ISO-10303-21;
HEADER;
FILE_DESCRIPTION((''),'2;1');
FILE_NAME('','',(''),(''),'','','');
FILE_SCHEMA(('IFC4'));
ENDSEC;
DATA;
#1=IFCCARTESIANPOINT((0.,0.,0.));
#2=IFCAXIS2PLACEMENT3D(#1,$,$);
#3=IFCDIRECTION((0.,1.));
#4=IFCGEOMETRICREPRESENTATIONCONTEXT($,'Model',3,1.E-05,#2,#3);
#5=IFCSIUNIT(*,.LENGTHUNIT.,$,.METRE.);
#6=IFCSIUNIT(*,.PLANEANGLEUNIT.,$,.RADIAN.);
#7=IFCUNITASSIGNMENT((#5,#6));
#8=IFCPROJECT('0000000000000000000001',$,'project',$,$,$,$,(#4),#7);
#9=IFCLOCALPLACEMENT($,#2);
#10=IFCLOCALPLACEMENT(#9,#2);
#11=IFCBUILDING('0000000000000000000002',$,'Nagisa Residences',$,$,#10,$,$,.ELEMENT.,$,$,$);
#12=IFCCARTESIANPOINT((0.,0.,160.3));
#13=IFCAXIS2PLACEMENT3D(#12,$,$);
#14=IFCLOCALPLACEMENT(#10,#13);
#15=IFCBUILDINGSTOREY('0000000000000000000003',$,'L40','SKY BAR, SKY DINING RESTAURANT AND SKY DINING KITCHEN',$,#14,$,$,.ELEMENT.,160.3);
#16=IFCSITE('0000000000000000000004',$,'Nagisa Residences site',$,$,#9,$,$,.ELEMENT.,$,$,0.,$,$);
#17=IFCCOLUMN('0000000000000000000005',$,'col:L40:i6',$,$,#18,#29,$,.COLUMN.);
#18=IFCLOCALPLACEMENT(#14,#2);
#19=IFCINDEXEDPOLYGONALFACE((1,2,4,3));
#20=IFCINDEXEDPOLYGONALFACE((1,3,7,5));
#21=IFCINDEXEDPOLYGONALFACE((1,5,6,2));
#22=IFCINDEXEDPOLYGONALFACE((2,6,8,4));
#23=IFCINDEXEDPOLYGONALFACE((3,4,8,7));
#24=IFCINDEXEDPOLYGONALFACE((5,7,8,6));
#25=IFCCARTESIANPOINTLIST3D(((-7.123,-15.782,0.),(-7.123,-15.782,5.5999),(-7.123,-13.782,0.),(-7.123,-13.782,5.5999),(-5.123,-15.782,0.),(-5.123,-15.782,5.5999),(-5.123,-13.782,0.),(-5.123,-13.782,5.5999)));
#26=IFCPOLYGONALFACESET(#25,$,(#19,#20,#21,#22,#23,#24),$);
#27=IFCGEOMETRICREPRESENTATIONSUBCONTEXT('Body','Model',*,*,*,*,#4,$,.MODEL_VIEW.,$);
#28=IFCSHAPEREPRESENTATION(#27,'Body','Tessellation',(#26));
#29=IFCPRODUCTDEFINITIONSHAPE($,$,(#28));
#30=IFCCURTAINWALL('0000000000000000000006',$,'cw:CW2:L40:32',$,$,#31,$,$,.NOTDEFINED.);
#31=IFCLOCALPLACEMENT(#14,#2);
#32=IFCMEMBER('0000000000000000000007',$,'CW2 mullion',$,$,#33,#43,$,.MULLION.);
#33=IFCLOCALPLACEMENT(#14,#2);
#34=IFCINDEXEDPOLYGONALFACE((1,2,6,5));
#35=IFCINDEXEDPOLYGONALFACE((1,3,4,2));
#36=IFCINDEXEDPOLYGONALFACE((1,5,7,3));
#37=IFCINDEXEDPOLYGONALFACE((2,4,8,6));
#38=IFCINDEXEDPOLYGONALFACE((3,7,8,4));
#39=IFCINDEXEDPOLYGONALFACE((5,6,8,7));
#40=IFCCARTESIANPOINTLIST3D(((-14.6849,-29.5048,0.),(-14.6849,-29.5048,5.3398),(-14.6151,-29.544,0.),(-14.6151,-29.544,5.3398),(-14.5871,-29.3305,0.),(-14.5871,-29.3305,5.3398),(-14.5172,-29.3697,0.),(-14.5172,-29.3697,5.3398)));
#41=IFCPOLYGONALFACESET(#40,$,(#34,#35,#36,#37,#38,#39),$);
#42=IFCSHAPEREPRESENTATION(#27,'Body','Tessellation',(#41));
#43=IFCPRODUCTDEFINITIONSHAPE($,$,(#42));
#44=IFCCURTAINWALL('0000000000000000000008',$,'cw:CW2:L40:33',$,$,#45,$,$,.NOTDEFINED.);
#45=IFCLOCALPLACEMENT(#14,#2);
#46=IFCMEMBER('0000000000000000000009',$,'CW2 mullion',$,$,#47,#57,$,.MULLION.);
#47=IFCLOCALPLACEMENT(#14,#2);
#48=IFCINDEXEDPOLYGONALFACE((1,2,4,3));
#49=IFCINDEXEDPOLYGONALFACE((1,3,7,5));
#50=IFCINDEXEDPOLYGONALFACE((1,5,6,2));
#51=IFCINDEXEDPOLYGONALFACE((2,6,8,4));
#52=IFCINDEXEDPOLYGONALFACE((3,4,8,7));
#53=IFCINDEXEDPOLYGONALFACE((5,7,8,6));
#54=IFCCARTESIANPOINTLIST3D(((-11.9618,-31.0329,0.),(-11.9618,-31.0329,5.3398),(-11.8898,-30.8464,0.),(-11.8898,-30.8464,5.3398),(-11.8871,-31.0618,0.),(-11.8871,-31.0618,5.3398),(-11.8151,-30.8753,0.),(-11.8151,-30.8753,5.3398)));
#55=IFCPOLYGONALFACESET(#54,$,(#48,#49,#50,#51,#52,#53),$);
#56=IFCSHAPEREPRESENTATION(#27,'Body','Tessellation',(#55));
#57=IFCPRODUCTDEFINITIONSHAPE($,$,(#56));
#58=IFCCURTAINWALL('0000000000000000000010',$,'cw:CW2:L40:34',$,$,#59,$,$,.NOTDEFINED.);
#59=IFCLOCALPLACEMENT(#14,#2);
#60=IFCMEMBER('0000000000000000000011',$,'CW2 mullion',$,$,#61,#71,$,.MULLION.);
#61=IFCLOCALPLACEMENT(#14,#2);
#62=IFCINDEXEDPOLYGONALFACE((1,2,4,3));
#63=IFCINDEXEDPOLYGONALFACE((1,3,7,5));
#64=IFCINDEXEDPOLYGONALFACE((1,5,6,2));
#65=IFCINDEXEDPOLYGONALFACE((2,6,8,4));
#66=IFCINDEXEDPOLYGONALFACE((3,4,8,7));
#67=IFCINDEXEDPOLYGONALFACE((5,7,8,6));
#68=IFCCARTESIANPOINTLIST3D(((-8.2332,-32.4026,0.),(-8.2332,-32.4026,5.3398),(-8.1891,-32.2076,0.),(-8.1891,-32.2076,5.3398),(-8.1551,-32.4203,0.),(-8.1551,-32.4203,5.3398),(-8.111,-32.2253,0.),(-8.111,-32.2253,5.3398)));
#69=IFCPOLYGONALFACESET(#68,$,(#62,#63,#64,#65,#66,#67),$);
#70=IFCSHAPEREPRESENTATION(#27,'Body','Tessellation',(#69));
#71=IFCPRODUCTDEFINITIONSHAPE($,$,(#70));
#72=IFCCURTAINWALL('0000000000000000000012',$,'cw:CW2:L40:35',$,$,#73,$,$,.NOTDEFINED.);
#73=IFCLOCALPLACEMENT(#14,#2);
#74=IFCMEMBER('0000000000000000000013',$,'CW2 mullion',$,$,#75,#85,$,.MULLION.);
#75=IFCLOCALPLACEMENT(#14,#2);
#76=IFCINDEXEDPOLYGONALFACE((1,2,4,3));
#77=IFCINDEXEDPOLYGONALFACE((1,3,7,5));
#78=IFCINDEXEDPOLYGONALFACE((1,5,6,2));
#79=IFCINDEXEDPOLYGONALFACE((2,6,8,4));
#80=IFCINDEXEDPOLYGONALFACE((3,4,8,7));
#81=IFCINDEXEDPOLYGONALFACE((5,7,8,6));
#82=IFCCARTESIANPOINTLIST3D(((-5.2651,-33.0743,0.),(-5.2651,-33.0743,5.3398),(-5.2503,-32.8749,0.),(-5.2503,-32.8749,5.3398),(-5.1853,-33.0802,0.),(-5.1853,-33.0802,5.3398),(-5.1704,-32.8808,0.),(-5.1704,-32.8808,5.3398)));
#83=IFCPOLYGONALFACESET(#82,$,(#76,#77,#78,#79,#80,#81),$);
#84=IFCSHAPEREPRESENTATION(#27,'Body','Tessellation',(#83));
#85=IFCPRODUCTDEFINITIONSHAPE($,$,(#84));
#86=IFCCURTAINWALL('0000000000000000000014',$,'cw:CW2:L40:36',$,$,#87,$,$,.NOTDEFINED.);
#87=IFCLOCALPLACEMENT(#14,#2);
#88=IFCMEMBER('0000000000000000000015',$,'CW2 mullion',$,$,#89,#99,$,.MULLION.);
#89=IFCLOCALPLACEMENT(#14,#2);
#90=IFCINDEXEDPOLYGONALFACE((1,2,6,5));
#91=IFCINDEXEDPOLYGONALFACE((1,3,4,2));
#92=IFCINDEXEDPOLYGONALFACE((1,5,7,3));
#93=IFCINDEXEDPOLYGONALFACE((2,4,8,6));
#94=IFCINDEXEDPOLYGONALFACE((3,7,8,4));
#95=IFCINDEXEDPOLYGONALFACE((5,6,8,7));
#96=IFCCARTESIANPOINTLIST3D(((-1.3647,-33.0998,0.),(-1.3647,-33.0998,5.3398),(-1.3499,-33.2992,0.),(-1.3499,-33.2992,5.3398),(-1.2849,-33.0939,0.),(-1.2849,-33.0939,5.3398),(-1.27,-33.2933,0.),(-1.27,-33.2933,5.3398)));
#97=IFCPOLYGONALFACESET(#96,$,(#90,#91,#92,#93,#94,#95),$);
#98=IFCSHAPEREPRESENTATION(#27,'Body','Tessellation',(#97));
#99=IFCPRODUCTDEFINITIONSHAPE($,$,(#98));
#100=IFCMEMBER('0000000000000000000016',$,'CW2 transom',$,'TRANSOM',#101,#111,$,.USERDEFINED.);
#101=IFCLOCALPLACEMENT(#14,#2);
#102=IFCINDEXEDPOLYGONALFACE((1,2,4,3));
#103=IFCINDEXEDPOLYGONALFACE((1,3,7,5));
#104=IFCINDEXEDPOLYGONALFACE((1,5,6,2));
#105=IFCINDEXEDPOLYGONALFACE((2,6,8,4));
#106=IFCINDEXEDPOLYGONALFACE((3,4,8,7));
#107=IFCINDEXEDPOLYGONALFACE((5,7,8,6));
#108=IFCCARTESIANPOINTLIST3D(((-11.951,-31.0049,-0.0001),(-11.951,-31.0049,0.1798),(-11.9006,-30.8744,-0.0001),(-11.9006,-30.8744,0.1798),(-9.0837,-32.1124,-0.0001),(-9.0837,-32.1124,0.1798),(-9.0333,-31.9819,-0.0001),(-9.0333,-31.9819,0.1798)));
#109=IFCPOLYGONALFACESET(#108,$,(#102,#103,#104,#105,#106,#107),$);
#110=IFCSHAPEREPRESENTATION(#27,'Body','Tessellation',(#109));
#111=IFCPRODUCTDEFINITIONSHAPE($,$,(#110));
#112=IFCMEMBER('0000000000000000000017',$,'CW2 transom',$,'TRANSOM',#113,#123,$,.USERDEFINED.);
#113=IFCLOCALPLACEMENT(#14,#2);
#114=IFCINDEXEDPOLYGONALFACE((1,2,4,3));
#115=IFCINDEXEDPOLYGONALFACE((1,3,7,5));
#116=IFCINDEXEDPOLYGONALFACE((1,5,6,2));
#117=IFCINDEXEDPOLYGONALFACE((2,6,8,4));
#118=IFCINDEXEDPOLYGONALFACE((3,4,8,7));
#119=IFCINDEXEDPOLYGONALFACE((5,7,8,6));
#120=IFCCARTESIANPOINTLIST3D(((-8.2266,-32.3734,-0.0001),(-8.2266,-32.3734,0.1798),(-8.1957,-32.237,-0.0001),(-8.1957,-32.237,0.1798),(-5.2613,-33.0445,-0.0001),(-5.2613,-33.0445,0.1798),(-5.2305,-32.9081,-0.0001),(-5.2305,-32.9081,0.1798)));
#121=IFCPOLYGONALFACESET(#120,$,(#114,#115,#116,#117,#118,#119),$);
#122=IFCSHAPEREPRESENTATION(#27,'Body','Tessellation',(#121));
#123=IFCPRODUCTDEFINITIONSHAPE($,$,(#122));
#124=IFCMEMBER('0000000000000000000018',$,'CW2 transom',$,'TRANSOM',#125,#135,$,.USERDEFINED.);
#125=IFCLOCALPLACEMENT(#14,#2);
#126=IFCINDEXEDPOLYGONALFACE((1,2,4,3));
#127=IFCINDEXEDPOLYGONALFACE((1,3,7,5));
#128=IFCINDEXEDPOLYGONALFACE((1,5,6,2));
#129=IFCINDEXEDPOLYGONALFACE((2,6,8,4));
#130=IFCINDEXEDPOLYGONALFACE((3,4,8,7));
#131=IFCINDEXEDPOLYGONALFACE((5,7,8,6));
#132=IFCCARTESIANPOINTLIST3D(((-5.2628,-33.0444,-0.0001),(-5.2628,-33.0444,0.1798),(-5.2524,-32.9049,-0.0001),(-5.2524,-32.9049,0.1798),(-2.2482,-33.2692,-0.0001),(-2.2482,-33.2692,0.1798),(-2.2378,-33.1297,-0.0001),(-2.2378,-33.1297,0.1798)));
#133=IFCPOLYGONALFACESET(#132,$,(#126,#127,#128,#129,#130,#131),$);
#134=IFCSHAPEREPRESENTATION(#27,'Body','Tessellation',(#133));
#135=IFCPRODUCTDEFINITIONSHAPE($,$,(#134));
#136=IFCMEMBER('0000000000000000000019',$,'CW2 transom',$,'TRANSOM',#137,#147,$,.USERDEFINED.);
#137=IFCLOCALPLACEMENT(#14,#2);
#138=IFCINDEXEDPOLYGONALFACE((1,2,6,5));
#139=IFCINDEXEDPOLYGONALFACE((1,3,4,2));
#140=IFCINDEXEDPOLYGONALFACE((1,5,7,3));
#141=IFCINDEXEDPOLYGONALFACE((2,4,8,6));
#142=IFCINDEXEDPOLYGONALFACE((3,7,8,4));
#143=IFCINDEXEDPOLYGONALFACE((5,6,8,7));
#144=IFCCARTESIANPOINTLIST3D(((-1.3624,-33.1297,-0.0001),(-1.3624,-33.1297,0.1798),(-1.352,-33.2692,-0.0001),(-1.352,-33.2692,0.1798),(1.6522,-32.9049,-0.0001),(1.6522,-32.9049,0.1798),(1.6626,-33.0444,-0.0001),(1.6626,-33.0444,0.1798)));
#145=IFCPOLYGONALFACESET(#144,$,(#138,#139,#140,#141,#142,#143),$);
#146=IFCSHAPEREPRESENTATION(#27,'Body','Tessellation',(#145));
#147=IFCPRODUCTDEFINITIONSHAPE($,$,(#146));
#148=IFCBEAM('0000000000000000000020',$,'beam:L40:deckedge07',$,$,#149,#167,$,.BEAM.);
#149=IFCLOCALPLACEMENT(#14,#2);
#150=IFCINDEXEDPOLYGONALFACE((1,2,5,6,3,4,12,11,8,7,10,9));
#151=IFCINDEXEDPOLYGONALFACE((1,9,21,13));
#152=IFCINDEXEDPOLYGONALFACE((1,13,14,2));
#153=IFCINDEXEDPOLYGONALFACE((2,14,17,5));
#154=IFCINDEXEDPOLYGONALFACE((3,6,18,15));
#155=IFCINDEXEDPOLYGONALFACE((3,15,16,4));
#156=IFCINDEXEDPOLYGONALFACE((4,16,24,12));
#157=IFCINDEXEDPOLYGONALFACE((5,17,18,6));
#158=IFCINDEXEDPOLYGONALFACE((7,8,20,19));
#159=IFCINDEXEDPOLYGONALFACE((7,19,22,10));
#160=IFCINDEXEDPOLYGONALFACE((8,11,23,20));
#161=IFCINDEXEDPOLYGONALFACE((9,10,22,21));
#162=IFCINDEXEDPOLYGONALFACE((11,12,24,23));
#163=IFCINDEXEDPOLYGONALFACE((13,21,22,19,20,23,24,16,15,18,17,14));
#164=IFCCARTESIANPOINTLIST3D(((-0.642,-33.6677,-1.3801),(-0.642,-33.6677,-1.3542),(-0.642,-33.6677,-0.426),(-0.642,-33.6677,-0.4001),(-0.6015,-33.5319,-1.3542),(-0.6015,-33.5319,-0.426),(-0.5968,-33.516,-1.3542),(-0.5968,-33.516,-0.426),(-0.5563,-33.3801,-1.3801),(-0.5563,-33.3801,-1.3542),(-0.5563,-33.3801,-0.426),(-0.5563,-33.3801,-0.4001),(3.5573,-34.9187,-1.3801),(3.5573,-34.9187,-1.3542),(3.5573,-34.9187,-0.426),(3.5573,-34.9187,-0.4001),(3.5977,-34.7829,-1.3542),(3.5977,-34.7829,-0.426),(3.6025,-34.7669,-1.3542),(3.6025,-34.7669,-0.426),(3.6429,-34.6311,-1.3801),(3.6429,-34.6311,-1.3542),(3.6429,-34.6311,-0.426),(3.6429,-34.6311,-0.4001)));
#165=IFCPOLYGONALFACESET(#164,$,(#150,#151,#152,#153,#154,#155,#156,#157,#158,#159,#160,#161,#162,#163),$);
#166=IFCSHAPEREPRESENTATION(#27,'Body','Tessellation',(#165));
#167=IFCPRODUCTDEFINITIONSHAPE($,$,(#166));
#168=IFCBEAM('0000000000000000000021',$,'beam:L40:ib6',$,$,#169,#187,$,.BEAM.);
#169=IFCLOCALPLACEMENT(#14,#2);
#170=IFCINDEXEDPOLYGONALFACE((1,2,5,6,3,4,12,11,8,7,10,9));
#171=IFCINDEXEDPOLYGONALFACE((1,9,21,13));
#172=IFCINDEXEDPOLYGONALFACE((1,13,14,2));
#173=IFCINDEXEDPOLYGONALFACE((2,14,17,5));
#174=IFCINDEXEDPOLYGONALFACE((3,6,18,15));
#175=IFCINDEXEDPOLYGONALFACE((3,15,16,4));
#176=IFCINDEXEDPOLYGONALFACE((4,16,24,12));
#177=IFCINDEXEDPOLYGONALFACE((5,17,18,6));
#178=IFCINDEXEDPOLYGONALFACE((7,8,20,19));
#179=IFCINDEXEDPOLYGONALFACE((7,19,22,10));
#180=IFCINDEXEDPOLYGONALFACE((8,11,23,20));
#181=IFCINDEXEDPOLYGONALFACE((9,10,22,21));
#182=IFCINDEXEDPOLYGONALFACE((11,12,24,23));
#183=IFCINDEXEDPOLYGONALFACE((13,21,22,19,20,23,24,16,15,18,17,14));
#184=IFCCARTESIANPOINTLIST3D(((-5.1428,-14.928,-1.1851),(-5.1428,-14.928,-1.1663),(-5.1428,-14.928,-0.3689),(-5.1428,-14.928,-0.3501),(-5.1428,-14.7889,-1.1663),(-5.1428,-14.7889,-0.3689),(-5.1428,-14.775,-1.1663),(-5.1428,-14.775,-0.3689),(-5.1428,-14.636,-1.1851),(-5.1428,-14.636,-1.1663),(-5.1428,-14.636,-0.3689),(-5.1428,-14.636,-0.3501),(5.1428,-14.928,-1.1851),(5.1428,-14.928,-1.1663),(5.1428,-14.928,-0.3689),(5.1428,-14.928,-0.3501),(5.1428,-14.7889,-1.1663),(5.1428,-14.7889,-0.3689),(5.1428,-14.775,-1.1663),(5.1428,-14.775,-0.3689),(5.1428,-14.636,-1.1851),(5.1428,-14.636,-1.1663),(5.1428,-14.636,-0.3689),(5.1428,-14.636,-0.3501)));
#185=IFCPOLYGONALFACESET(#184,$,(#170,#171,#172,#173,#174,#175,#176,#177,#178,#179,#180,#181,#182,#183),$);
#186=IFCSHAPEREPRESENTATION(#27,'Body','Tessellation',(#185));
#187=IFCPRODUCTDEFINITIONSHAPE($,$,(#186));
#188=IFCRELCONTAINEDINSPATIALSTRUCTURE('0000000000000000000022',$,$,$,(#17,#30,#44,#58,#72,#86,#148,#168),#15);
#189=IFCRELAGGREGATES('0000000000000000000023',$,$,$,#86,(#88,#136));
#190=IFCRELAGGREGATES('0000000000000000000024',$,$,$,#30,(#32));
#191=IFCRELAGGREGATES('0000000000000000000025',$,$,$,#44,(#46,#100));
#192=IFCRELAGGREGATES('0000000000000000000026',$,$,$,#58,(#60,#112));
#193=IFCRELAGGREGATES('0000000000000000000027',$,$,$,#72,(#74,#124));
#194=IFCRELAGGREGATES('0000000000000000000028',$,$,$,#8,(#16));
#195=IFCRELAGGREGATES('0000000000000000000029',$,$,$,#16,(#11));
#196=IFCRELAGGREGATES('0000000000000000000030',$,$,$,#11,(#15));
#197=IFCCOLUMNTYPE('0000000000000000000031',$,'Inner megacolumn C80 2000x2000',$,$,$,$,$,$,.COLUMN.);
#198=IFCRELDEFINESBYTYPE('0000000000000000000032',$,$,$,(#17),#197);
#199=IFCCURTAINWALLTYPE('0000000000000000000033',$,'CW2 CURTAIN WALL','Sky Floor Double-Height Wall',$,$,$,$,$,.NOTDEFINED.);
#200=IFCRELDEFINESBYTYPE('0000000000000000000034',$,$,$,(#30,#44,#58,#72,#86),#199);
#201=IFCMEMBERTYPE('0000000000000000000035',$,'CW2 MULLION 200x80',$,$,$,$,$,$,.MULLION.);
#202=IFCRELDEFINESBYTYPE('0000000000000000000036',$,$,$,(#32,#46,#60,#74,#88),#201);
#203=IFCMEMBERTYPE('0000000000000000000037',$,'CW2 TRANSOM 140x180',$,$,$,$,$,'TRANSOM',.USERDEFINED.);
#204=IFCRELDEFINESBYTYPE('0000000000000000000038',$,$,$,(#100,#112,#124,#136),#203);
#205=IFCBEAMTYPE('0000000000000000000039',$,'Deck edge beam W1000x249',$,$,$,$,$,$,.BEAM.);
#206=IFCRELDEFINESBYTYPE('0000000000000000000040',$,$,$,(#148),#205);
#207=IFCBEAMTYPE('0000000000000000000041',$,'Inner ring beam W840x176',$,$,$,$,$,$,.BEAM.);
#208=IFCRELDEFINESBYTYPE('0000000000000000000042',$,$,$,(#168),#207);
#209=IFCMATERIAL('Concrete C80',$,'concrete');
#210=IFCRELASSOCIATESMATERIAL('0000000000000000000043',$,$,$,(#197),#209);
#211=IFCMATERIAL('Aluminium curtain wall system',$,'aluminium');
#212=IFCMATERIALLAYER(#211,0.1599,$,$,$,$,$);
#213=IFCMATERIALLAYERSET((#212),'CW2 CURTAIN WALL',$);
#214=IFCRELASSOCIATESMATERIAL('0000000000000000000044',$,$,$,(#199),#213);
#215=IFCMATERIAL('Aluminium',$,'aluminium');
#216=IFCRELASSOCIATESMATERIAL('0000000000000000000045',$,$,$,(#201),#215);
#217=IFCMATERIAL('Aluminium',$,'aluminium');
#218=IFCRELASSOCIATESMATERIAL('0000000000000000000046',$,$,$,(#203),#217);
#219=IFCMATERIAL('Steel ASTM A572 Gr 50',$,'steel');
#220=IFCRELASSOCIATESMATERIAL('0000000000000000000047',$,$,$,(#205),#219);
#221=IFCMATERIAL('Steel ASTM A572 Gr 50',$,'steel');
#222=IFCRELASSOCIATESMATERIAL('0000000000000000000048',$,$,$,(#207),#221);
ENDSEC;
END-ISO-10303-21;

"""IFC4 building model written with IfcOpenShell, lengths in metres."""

from ifc_helpers import new_model, si_unit, direction, frame, origin, origin_2d, place, context, subcontext, project, spatial, rectangle, i_section, extrude, material, layer, layer_set, material_profile, profile_set, type_object, element, aggregate, save


model = new_model("IFC4")

# Units and contexts
model_context = context("Model", 3, precision=1e-05, world=origin(), true_north=direction((0.0, 1.0)))
body_context = subcontext(model_context, "Body", "Model", "MODEL_VIEW")
ifc_project = project(units=[si_unit("LENGTHUNIT", "METRE"), si_unit("PLANEANGLEUNIT", "RADIAN")], contexts=[model_context])

# Site, building, storey
site_placement = place(None, origin())
site = spatial("IfcSite", under=ifc_project, at=site_placement, Name="Nagisa Residences site", CompositionType="ELEMENT", RefElevation=0.0)
building_placement = place(site_placement, origin())
building = spatial("IfcBuilding", under=site, at=building_placement, Name="Nagisa Residences", CompositionType="ELEMENT")
storey_placement = place(building_placement, frame((0.0, 0.0, 160.3)))
storey = spatial("IfcBuildingStorey", under=building, at=storey_placement, Name="L40", Description="SKY BAR, SKY DINING RESTAURANT AND SKY DINING KITCHEN", CompositionType="ELEMENT", Elevation=160.3)

# Column
ifc_material_1 = material(Name="Concrete C80", Category="concrete")
ifc_material_profile_1 = material_profile(ifc_material_1, rectangle(XDim=2.0, YDim=2.0, at=origin_2d()), Name="C80 2000x2000")
ifc_profile_set_1 = profile_set([ifc_material_profile_1], Name="Concrete C80")
column_type = type_object("IfcColumnType", Name="Inner megacolumn C80 2000x2000", PredefinedType="COLUMN", material=ifc_profile_set_1)
column_placement = place(storey_placement, frame((-6.123, -14.782, 0.0), z_axis=(0.0, 0.0, 1.0), x_axis=(1.0, 0.0, 0.0)))
element("IfcColumn", 1, at=column_placement, inside=storey, type_object=column_type, Name="col:L40:i6", PredefinedType="COLUMN", context=body_context, shape_type="SweptSolid", body=[
    extrude(rectangle(XDim=2.0, YDim=2.0, at=origin_2d()), origin(), (0.0, 0.0, 1.0), 5.5999),
])

# Curtain walls, members
ifc_material_2 = material(Name="Aluminium curtain wall system", Category="aluminium")
ifc_layer_1 = layer(ifc_material_2, 0.1599)
ifc_layer_set_1 = layer_set([ifc_layer_1], Name="CW2 CURTAIN WALL")
curtain_wall_type = type_object("IfcCurtainWallType", Name="CW2 CURTAIN WALL", Description="Sky Floor Double-Height Wall", PredefinedType="NOTDEFINED", material=ifc_layer_set_1)
curtain_wall_1_placement = place(storey_placement, origin())
curtain_wall_1 = element("IfcCurtainWall", 2, at=curtain_wall_1_placement, inside=storey, type_object=curtain_wall_type, Name="cw:CW2:L40:32", PredefinedType="NOTDEFINED")
ifc_material_3 = material(Name="Aluminium", Category="aluminium")
ifc_material_profile_2 = material_profile(ifc_material_3, rectangle(XDim=0.2, YDim=0.0801, at=origin_2d()), Name="CW2 MULLION 200x80")
ifc_profile_set_2 = profile_set([ifc_material_profile_2], Name="Aluminium")
member_type_1 = type_object("IfcMemberType", Name="CW2 MULLION 200x80", PredefinedType="MULLION", material=ifc_profile_set_2)
member_1_placement = place(storey_placement, frame((-14.6011, -29.4373, 0.0), z_axis=(0.0, 0.0, 1.0), x_axis=(0.489377, 0.872072, 0.0)))
member_1 = element("IfcMember", 3, at=member_1_placement, type_object=member_type_1, Name="CW2 mullion", PredefinedType="MULLION", context=body_context, shape_type="SweptSolid", body=[
    extrude(rectangle(XDim=0.2, YDim=0.0801, at=origin_2d()), origin(), (0.0, 0.0, 1.0), 5.3398),
])
curtain_wall_2_placement = place(storey_placement, origin())
curtain_wall_2 = element("IfcCurtainWall", 4, at=curtain_wall_2_placement, inside=storey, type_object=curtain_wall_type, Name="cw:CW2:L40:33", PredefinedType="NOTDEFINED")
member_2_placement = place(storey_placement, frame((-11.8884, -30.9541, 0.0), z_axis=(0.0, 0.0, 1.0), x_axis=(0.360328, 0.932826, 0.0)))
member_2 = element("IfcMember", 5, at=member_2_placement, type_object=member_type_1, Name="CW2 mullion", PredefinedType="MULLION", context=body_context, shape_type="SweptSolid", body=[
    extrude(rectangle(XDim=0.2, YDim=0.0801, at=origin_2d()), origin(), (0.0, 0.0, 1.0), 5.3398),
])
curtain_wall_3_placement = place(storey_placement, origin())
curtain_wall_3 = element("IfcCurtainWall", 6, at=curtain_wall_3_placement, inside=storey, type_object=curtain_wall_type, Name="cw:CW2:L40:34", PredefinedType="NOTDEFINED")
member_3_placement = place(storey_placement, frame((-8.1721, -32.314, 0.0), z_axis=(0.0, 0.0, 1.0), x_axis=(0.220764, 0.975327, 0.0)))
member_3 = element("IfcMember", 7, at=member_3_placement, type_object=member_type_1, Name="CW2 mullion", PredefinedType="MULLION", context=body_context, shape_type="SweptSolid", body=[
    extrude(rectangle(XDim=0.2, YDim=0.0801, at=origin_2d()), origin(), (0.0, 0.0, 1.0), 5.3398),
])
curtain_wall_4_placement = place(storey_placement, origin())
curtain_wall_4 = element("IfcCurtainWall", 8, at=curtain_wall_4_placement, inside=storey, type_object=curtain_wall_type, Name="cw:CW2:L40:35", PredefinedType="NOTDEFINED")
member_4_placement = place(storey_placement, frame((-5.2178, -32.9775, 0.0), z_axis=(0.0, 0.0, 1.0), x_axis=(0.074377, 0.99723, 0.0)))
member_4 = element("IfcMember", 9, at=member_4_placement, type_object=member_type_1, Name="CW2 mullion", PredefinedType="MULLION", context=body_context, shape_type="SweptSolid", body=[
    extrude(rectangle(XDim=0.2, YDim=0.0801, at=origin_2d()), origin(), (0.0, 0.0, 1.0), 5.3398),
])
curtain_wall_5_placement = place(storey_placement, origin())
curtain_wall_5 = element("IfcCurtainWall", 10, at=curtain_wall_5_placement, inside=storey, type_object=curtain_wall_type, Name="cw:CW2:L40:36", PredefinedType="NOTDEFINED")
member_5_placement = place(storey_placement, frame((-1.3174, -33.1965, 0.0), z_axis=(0.0, 0.0, 1.0), x_axis=(-0.074377, 0.99723, 0.0)))
member_5 = element("IfcMember", 11, at=member_5_placement, type_object=member_type_1, Name="CW2 mullion", PredefinedType="MULLION", context=body_context, shape_type="SweptSolid", body=[
    extrude(rectangle(XDim=0.2, YDim=0.0801, at=origin_2d()), origin(), (0.0, 0.0, 1.0), 5.3398),
])

# Members
ifc_material_4 = material(Name="Aluminium", Category="aluminium")
ifc_material_profile_3 = material_profile(ifc_material_4, rectangle(XDim=0.1399, YDim=0.1799, at=origin_2d()), Name="CW2 TRANSOM 140x180")
ifc_profile_set_3 = profile_set([ifc_material_profile_3], Name="Aluminium")
member_type_2 = type_object("IfcMemberType", Name="CW2 TRANSOM 140x180", ElementType="TRANSOM", PredefinedType="USERDEFINED", material=ifc_profile_set_3)
member_6_placement = place(storey_placement, frame((-11.9258, -30.9397, 0.0898), z_axis=(0.932837, -0.360299, 0.0), x_axis=(0.360299, 0.932837, 0.0)))
member_6 = element("IfcMember", 12, at=member_6_placement, type_object=member_type_2, Name="CW2 transom", ObjectType="TRANSOM", PredefinedType="USERDEFINED", context=body_context, shape_type="SweptSolid", body=[
    extrude(rectangle(XDim=0.1399, YDim=0.1799, at=origin_2d()), origin(), (0.0, 0.0, 1.0), 3.0737),
])
member_7_placement = place(storey_placement, frame((-8.2112, -32.3052, 0.0898), z_axis=(0.975331, -0.220746, 0.0), x_axis=(0.220746, 0.975331, 0.0)))
member_7 = element("IfcMember", 13, at=member_7_placement, type_object=member_type_2, Name="CW2 transom", ObjectType="TRANSOM", PredefinedType="USERDEFINED", context=body_context, shape_type="SweptSolid", body=[
    extrude(rectangle(XDim=0.1399, YDim=0.1799, at=origin_2d()), origin(), (0.0, 0.0, 1.0), 3.0403),
])
member_8_placement = place(storey_placement, frame((-5.2576, -32.9746, 0.0898), z_axis=(0.99723, -0.07438, 0.0), x_axis=(0.07438, 0.99723, 0.0)))
member_8 = element("IfcMember", 14, at=member_8_placement, type_object=member_type_2, Name="CW2 transom", ObjectType="TRANSOM", PredefinedType="USERDEFINED", context=body_context, shape_type="SweptSolid", body=[
    extrude(rectangle(XDim=0.1399, YDim=0.1799, at=origin_2d()), origin(), (0.0, 0.0, 1.0), 3.0229),
])
member_9_placement = place(storey_placement, frame((-1.3572, -33.1995, 0.0898), z_axis=(0.99723, 0.07438, 0.0), x_axis=(-0.07438, 0.99723, 0.0)))
member_9 = element("IfcMember", 15, at=member_9_placement, type_object=member_type_2, Name="CW2 transom", ObjectType="TRANSOM", PredefinedType="USERDEFINED", context=body_context, shape_type="SweptSolid", body=[
    extrude(rectangle(XDim=0.1399, YDim=0.1799, at=origin_2d()), origin(), (0.0, 0.0, 1.0), 3.0229),
])
aggregate(curtain_wall_5, [member_5, member_9])

# Beams
ifc_material_5 = material(Name="Steel ASTM A572 Gr 50", Category="steel")
ifc_material_profile_4 = material_profile(ifc_material_5, i_section(OverallWidth=0.3, OverallDepth=0.98, WebThickness=0.0166, FlangeThickness=0.0259, at=origin_2d()), Name="W1000x249")
ifc_profile_set_4 = profile_set([ifc_material_profile_4], Name="Steel ASTM A572 Gr 50")
beam_type_1 = type_object("IfcBeamType", Name="Deck edge beam W1000x249", PredefinedType="BEAM", material=ifc_profile_set_4)
beam_1_placement = place(storey_placement, frame((-0.5991, -33.5239, -0.8901), z_axis=(0.958377, -0.285507, 0.0), x_axis=(0.285507, 0.958377, 0.0)))
element("IfcBeam", 16, at=beam_1_placement, inside=storey, type_object=beam_type_1, Name="beam:L40:deckedge07", PredefinedType="BEAM", context=body_context, shape_type="SweptSolid", body=[
    extrude(i_section(OverallWidth=0.3, OverallDepth=0.98, WebThickness=0.0166, FlangeThickness=0.0259, at=origin_2d()), origin(), (0.0, 0.0, 1.0), 4.3816),
])
ifc_material_6 = material(Name="Steel ASTM A572 Gr 50", Category="steel")
ifc_material_profile_5 = material_profile(ifc_material_6, i_section(OverallWidth=0.292, OverallDepth=0.835, WebThickness=0.0139, FlangeThickness=0.0188, at=origin_2d()), Name="W840x176")
ifc_profile_set_5 = profile_set([ifc_material_profile_5], Name="Steel ASTM A572 Gr 50")
beam_type_2 = type_object("IfcBeamType", Name="Inner ring beam W840x176", PredefinedType="BEAM", material=ifc_profile_set_5)
beam_2_placement = place(storey_placement, frame((-5.1428, -14.782, -0.7676), z_axis=(1.0, 0.0, 0.0), x_axis=(0.0, 1.0, 0.0)))
element("IfcBeam", 17, at=beam_2_placement, inside=storey, type_object=beam_type_2, Name="beam:L40:ib6", PredefinedType="BEAM", context=body_context, shape_type="SweptSolid", body=[
    extrude(i_section(OverallWidth=0.292, OverallDepth=0.835, WebThickness=0.0139, FlangeThickness=0.0188, at=origin_2d()), origin(), (0.0, 0.0, 1.0), 10.2856),
])

aggregate(curtain_wall_1, [member_1])
aggregate(curtain_wall_2, [member_2, member_6])
aggregate(curtain_wall_3, [member_3, member_7])
aggregate(curtain_wall_4, [member_4, member_8])

save(model, "model.ifc")
